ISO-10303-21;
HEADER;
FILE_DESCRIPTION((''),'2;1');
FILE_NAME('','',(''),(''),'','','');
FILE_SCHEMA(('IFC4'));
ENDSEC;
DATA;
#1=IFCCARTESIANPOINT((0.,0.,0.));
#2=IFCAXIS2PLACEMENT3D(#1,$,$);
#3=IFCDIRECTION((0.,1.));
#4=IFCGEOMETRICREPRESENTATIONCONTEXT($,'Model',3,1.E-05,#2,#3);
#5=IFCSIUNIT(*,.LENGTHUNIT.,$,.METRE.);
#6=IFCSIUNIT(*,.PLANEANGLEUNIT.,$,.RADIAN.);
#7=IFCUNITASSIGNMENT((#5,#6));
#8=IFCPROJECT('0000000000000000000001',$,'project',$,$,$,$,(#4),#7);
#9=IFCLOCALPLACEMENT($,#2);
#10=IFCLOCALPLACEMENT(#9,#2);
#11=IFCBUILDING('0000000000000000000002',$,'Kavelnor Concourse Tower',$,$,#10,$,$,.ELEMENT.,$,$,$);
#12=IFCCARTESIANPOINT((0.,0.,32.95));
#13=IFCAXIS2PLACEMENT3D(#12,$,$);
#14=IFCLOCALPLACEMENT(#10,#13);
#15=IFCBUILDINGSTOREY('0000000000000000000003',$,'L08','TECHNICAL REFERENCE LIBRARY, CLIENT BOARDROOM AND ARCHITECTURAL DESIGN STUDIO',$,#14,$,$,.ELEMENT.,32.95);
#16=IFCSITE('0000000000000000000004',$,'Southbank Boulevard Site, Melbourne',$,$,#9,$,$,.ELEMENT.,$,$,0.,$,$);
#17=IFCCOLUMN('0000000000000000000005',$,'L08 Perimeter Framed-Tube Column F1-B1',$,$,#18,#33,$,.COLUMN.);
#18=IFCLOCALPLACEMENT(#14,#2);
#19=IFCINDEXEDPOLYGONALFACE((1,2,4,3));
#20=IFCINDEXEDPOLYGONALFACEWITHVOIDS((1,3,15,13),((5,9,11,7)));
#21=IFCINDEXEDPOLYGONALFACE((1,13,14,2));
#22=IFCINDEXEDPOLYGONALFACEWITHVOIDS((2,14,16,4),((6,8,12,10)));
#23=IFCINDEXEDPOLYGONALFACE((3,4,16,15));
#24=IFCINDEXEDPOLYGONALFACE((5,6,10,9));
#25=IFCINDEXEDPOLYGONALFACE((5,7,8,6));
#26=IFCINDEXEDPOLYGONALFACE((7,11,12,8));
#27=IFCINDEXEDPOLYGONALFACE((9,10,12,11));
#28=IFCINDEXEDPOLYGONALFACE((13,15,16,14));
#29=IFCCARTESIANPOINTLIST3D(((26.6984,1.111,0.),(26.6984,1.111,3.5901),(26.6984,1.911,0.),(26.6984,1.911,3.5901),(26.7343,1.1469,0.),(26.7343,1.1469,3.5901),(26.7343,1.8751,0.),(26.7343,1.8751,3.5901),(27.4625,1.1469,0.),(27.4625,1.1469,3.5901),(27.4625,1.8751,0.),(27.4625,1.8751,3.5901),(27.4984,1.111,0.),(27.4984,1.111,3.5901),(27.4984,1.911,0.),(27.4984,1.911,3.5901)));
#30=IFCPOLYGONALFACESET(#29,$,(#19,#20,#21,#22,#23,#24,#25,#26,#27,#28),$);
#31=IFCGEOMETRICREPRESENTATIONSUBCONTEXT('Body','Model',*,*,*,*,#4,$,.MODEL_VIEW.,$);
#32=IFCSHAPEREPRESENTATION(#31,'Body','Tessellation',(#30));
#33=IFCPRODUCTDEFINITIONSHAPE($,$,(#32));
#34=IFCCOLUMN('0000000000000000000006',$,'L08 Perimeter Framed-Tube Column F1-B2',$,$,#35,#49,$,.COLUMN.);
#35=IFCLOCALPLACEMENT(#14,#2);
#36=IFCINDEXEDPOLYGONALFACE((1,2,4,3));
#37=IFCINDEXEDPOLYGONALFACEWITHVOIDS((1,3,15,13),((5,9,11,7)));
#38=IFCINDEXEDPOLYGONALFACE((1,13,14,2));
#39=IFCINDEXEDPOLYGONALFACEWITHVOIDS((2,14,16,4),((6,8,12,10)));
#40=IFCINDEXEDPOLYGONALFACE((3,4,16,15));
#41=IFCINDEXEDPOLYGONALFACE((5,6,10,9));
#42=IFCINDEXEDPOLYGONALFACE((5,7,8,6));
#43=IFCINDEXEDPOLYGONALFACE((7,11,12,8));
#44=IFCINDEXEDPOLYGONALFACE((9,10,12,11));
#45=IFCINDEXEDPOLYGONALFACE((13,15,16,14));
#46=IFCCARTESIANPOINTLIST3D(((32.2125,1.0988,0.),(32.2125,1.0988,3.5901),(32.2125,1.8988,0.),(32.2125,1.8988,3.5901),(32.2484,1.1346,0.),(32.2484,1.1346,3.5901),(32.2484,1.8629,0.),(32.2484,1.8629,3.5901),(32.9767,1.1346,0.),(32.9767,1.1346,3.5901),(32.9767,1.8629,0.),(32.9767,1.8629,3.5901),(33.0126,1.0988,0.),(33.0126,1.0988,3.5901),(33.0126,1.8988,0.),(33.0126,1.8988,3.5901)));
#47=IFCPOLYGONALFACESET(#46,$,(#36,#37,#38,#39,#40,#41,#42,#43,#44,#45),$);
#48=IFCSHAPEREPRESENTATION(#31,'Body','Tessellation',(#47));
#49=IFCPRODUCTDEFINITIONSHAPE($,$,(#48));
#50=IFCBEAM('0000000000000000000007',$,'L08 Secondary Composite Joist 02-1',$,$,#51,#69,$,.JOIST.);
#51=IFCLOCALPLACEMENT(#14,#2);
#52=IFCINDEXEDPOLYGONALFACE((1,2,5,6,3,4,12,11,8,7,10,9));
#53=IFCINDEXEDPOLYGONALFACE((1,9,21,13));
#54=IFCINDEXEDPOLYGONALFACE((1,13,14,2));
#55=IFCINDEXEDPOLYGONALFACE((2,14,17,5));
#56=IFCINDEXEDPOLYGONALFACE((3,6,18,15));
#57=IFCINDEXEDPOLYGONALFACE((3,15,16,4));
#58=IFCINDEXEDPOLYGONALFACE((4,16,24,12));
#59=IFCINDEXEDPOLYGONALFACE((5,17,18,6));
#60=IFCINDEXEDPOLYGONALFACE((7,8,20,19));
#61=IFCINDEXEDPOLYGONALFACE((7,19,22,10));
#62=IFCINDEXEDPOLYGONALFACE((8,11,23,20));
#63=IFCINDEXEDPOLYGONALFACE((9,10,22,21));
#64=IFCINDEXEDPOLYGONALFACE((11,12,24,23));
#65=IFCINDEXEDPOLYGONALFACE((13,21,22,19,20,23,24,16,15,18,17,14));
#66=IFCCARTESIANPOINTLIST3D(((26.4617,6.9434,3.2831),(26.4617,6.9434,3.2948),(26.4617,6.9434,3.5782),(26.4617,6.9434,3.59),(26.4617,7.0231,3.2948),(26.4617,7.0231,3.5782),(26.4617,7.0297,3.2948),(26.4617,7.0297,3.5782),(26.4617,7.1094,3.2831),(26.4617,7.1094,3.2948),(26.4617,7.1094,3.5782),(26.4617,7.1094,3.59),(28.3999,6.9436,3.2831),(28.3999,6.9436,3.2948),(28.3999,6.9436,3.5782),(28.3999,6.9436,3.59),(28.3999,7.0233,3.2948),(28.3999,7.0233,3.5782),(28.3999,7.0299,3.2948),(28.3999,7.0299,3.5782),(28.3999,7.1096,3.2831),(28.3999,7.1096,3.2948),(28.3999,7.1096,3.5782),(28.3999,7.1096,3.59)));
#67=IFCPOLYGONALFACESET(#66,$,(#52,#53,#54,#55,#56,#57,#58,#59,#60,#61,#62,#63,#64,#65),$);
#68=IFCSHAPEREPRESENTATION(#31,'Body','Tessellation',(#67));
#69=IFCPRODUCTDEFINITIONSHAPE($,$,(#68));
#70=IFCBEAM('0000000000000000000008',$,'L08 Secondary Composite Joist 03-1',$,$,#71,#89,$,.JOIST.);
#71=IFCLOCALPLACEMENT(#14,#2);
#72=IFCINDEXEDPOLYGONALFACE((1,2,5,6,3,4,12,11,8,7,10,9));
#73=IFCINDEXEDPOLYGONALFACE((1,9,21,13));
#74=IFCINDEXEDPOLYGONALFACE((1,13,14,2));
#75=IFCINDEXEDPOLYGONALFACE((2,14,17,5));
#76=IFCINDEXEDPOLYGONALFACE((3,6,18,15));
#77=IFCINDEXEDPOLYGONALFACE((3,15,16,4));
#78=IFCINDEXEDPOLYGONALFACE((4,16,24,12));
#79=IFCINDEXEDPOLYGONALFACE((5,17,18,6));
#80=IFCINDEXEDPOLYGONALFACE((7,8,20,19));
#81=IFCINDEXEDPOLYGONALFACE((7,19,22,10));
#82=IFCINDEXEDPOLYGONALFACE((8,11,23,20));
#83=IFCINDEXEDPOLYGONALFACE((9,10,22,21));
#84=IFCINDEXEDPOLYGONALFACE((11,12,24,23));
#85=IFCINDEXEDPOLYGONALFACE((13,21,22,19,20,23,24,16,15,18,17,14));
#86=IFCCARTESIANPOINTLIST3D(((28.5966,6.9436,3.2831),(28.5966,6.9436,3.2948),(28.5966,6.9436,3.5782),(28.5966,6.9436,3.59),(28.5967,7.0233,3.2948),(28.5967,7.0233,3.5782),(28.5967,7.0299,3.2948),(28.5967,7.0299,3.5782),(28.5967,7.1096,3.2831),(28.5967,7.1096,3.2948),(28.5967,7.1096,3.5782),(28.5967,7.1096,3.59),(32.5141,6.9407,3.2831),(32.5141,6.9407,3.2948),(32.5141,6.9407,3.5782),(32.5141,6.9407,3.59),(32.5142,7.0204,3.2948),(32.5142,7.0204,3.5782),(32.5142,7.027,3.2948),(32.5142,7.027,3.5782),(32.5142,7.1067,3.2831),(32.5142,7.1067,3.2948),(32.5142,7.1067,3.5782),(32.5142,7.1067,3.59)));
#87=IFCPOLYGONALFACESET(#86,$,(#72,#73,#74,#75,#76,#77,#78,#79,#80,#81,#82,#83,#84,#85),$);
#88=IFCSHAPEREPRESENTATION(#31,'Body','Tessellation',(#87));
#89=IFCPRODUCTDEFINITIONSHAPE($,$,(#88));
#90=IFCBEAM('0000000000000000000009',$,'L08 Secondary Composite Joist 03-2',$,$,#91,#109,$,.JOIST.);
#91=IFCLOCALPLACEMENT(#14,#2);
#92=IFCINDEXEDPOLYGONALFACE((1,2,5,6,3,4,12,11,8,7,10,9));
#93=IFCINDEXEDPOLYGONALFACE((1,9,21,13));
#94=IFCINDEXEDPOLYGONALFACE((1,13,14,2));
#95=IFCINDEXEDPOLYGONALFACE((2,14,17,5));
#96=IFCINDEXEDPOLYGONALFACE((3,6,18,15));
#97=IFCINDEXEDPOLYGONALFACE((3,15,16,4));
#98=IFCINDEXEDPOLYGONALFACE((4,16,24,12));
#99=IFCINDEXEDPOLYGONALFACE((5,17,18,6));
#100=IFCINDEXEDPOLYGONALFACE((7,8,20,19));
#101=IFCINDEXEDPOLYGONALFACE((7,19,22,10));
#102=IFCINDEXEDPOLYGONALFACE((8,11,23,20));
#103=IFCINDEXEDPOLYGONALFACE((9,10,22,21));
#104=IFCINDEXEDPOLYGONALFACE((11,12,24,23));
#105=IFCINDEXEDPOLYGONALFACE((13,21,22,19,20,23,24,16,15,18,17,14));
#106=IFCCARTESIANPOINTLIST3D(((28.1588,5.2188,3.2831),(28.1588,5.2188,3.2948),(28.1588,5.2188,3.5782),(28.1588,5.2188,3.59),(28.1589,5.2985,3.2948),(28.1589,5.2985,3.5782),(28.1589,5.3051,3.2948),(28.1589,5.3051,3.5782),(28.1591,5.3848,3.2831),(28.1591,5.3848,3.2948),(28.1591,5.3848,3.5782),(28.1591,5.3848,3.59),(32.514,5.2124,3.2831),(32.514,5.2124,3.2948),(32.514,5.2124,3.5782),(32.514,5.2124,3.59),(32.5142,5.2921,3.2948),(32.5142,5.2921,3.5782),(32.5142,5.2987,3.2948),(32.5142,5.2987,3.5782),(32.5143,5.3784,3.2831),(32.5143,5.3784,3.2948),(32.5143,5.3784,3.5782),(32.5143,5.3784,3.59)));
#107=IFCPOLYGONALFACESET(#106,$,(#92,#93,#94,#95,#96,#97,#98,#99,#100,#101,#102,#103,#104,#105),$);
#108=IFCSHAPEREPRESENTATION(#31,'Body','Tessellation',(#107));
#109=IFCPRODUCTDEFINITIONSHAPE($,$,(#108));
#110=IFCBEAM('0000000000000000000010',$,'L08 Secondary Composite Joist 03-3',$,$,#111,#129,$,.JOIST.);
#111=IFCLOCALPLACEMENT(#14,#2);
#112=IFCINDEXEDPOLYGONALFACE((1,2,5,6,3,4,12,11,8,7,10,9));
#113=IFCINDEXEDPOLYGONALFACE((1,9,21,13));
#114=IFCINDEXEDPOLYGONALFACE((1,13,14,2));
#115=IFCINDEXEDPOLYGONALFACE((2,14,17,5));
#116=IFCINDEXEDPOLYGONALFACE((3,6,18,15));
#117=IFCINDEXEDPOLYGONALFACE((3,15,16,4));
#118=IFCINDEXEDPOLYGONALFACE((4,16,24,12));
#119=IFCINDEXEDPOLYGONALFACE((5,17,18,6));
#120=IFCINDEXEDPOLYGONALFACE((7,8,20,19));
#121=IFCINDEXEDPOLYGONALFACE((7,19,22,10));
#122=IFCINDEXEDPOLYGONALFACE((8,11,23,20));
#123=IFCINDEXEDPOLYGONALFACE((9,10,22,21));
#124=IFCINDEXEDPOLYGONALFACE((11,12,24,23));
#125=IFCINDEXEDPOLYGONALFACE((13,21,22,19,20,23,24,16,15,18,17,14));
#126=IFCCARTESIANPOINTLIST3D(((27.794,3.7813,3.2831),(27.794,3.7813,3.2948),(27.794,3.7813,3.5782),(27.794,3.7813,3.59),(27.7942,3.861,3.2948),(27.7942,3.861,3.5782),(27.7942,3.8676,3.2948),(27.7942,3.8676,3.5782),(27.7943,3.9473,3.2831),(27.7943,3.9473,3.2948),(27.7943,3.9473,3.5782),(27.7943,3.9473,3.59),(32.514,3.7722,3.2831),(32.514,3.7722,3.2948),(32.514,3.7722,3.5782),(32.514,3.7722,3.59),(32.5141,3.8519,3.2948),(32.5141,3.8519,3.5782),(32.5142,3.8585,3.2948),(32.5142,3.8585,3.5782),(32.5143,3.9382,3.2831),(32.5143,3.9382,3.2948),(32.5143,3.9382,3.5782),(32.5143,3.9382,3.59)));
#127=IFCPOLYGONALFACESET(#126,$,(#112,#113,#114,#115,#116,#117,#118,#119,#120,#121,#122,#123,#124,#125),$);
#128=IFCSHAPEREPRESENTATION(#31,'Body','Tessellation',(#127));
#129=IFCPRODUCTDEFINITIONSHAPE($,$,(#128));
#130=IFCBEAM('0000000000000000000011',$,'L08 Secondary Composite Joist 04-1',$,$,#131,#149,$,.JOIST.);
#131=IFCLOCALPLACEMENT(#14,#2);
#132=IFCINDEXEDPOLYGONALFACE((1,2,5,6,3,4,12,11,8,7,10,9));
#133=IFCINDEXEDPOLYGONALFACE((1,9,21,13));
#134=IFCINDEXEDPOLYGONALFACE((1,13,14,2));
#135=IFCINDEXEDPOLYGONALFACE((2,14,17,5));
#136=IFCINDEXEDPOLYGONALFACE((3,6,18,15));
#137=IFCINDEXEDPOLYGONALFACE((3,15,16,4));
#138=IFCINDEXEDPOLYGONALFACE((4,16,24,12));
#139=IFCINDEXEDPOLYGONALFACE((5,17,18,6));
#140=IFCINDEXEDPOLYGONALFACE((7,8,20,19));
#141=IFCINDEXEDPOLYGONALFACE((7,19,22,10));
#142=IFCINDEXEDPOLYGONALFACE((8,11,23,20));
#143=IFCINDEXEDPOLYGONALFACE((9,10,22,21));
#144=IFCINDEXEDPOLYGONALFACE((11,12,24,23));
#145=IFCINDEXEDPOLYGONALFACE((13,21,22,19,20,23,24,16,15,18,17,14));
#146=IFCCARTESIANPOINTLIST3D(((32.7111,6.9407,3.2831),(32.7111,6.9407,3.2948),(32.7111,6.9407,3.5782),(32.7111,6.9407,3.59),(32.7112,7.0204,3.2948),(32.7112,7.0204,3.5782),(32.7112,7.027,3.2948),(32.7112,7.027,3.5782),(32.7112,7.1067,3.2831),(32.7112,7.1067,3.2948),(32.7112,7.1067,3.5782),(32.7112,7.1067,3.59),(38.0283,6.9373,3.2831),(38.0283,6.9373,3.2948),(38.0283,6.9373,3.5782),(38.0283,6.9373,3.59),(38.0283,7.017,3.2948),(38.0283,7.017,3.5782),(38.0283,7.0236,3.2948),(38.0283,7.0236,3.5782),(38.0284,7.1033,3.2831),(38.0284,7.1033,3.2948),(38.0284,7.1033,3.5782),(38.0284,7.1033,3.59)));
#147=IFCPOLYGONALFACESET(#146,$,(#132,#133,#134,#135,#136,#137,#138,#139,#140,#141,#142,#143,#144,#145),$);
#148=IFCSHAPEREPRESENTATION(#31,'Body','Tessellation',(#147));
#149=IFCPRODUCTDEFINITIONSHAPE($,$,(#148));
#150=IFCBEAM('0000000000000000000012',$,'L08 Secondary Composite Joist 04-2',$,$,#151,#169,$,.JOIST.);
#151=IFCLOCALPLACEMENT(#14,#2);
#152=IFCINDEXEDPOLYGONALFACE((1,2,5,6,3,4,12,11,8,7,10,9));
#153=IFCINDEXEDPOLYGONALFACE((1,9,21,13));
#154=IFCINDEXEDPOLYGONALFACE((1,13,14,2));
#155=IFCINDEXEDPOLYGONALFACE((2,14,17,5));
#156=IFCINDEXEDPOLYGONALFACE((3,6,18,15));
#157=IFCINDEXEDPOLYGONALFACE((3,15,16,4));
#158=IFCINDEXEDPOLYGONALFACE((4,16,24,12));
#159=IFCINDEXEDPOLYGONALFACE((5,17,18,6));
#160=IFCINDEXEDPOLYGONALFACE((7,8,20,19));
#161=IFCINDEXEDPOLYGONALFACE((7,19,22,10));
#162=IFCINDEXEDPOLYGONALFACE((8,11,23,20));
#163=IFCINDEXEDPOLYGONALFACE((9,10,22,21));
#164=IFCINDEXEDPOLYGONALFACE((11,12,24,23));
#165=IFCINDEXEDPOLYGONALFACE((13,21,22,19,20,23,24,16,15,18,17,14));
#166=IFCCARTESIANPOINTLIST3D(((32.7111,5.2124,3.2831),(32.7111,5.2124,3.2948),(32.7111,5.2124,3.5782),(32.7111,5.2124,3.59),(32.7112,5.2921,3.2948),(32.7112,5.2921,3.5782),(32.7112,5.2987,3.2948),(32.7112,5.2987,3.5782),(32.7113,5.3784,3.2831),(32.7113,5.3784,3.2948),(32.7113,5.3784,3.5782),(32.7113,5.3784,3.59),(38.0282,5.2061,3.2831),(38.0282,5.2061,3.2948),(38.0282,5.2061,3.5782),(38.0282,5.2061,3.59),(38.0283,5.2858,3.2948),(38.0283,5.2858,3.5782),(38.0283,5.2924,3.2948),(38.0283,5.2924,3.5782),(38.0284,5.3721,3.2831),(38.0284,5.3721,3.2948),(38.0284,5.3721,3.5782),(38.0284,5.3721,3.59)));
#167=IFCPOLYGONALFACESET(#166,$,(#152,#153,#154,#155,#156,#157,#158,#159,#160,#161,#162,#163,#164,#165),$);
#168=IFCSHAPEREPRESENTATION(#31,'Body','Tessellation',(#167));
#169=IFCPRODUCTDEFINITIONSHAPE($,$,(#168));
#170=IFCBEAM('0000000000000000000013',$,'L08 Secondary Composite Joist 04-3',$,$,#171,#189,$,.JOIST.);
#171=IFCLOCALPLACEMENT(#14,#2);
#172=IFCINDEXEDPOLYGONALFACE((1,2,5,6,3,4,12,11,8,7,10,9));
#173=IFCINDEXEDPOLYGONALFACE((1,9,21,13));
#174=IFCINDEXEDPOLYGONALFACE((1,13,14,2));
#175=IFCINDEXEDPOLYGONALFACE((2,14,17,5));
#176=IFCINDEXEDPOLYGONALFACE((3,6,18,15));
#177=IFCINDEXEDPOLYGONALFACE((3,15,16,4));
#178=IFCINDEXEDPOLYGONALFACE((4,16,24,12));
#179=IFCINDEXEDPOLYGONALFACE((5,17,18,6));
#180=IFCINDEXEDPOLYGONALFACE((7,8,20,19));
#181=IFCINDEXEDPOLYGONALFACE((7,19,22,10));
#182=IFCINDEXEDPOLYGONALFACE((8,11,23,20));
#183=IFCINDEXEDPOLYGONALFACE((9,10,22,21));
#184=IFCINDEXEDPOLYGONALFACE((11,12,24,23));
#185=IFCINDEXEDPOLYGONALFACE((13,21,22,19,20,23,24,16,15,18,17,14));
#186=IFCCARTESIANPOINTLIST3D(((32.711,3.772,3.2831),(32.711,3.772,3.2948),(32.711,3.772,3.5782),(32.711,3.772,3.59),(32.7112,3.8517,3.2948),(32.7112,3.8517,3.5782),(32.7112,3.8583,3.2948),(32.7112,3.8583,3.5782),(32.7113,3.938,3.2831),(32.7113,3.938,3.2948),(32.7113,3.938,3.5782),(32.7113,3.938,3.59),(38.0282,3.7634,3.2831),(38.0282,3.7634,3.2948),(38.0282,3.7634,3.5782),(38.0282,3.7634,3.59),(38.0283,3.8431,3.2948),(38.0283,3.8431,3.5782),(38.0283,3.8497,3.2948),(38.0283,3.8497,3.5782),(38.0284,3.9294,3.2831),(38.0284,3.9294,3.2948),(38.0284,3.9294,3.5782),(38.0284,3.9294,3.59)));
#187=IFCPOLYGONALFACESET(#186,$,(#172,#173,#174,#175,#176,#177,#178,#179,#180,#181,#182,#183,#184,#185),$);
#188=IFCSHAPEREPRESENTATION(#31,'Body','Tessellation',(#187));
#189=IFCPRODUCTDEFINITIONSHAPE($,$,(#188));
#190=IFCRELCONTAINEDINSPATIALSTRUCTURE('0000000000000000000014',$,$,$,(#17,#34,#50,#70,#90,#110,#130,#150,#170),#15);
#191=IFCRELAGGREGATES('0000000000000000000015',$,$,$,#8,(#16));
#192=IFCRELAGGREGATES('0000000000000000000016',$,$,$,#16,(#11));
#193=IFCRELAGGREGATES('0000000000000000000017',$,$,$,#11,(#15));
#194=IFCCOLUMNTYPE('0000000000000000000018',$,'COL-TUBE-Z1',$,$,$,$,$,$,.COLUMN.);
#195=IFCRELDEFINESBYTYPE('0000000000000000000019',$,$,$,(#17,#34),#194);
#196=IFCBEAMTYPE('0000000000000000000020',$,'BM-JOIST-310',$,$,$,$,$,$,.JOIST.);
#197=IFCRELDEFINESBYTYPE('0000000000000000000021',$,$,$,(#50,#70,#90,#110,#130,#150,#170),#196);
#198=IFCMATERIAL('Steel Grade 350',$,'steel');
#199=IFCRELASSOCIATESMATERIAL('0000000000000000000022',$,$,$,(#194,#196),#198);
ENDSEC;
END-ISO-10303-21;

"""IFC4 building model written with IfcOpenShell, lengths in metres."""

from ifc_helpers import new_model, si_unit, direction, frame, origin, origin_2d, place, context, subcontext, project, spatial, hollow_rectangle, i_section, extrude, material, material_profile, profile_set, type_object, element, save


model = new_model("IFC4")

# Units and contexts
model_context = context("Model", 3, precision=1e-05, world=origin(), true_north=direction((0.0, 1.0)))
body_context = subcontext(model_context, "Body", "Model", "MODEL_VIEW")
ifc_project = project(units=[si_unit("LENGTHUNIT", "METRE"), si_unit("PLANEANGLEUNIT", "RADIAN")], contexts=[model_context])

# Site, building, storey
site_placement = place(None, origin())
site = spatial("IfcSite", under=ifc_project, at=site_placement, Name="Southbank Boulevard Site, Melbourne", CompositionType="ELEMENT", RefElevation=0.0)
building_placement = place(site_placement, origin())
building = spatial("IfcBuilding", under=site, at=building_placement, Name="Kavelnor Concourse Tower", CompositionType="ELEMENT")
storey_placement = place(building_placement, frame((0.0, 0.0, 32.95)))
storey = spatial("IfcBuildingStorey", under=building, at=storey_placement, Name="L08", Description="TECHNICAL REFERENCE LIBRARY, CLIENT BOARDROOM AND ARCHITECTURAL DESIGN STUDIO", CompositionType="ELEMENT", Elevation=32.95)

# Columns
ifc_material_1 = material(Name="Steel Grade 350", Category="steel")
ifc_material_profile_1 = material_profile(ifc_material_1, hollow_rectangle(XDim=0.8, YDim=0.8, WallThickness=0.0359, at=origin_2d()), Name="SHS 800x800x36")
ifc_profile_set_1 = profile_set([ifc_material_profile_1], Name="Steel Grade 350")
column_type = type_object("IfcColumnType", Name="COL-TUBE-Z1", PredefinedType="COLUMN", material=ifc_profile_set_1)
for number, where, z_axis, x_axis, name in (
    (1, (27.0984, 1.511, 0.0), (0.0, 0.0, 1.0), (1.0, 0.0, 0.0), "L08 Perimeter Framed-Tube Column F1-B1"),
    (2, (32.6125, 1.4988, 0.0), (0.0, 0.0, 1.0), (1.0, 0.0, 0.0), "L08 Perimeter Framed-Tube Column F1-B2"),
):
    element("IfcColumn", number, at=place(storey_placement, frame(where, z_axis=z_axis, x_axis=x_axis)), inside=storey, type_object=column_type, Name=name, PredefinedType="COLUMN", context=body_context, shape_type="SweptSolid", body=[
        extrude(hollow_rectangle(XDim=0.8, YDim=0.8, WallThickness=0.0359, at=origin_2d()), origin(), (0.0, 0.0, 1.0), 3.5901),
    ])

# Beams
ifc_material_profile_2 = material_profile(ifc_material_1, i_section(OverallWidth=0.166, OverallDepth=0.3069, WebThickness=0.0066, FlangeThickness=0.0117, at=origin_2d()), Name="310UB46")
ifc_profile_set_2 = profile_set([ifc_material_profile_2], Name="Steel Grade 350")
beam_type_1 = type_object("IfcBeamType", Name="BM-JOIST-310", PredefinedType="JOIST", material=ifc_profile_set_2)
beam_1_placement = place(storey_placement, frame((26.4617, 7.0264, 3.4365), z_axis=(1.0, 0.000126, 0.0), x_axis=(-0.000126, 1.0, 0.0)))
element("IfcBeam", 3, at=beam_1_placement, inside=storey, type_object=beam_type_1, Name="L08 Secondary Composite Joist 02-1", PredefinedType="JOIST", context=body_context, shape_type="SweptSolid", body=[
    extrude(i_section(OverallWidth=0.166, OverallDepth=0.3069, WebThickness=0.0066, FlangeThickness=0.0117, at=origin_2d()), origin(), (0.0, 0.0, 1.0), 1.9382),
])
beam_2_placement = place(storey_placement, frame((28.5967, 7.0266, 3.4365), z_axis=(1.0, -0.000748, 0.0), x_axis=(0.000748, 1.0, 0.0)))
element("IfcBeam", 4, at=beam_2_placement, inside=storey, type_object=beam_type_1, Name="L08 Secondary Composite Joist 03-1", PredefinedType="JOIST", context=body_context, shape_type="SweptSolid", body=[
    extrude(i_section(OverallWidth=0.166, OverallDepth=0.3069, WebThickness=0.0066, FlangeThickness=0.0117, at=origin_2d()), origin(), (0.0, 0.0, 1.0), 3.9175),
])
beam_3_placement = place(storey_placement, frame((28.1589, 5.3018, 3.4365), z_axis=(0.999999, -0.001457, 0.0), x_axis=(0.001457, 0.999999, 0.0)))
element("IfcBeam", 5, at=beam_3_placement, inside=storey, type_object=beam_type_1, Name="L08 Secondary Composite Joist 03-2", PredefinedType="JOIST", context=body_context, shape_type="SweptSolid", body=[
    extrude(i_section(OverallWidth=0.166, OverallDepth=0.3069, WebThickness=0.0066, FlangeThickness=0.0117, at=origin_2d()), origin(), (0.0, 0.0, 1.0), 4.3552),
])
beam_4_placement = place(storey_placement, frame((27.7942, 3.8643, 3.4365), z_axis=(0.999998, -0.001914, 0.0), x_axis=(0.001914, 0.999998, 0.0)))
element("IfcBeam", 6, at=beam_4_placement, inside=storey, type_object=beam_type_1, Name="L08 Secondary Composite Joist 03-3", PredefinedType="JOIST", context=body_context, shape_type="SweptSolid", body=[
    extrude(i_section(OverallWidth=0.166, OverallDepth=0.3069, WebThickness=0.0066, FlangeThickness=0.0117, at=origin_2d()), origin(), (0.0, 0.0, 1.0), 4.72),
])
for number, where, z_axis, x_axis, name in (
    (7, (32.7112, 7.0237, 3.4365), (1.0, -0.000643, 0.0), (0.000643, 1.0, 0.0), "L08 Secondary Composite Joist 04-1"),
    (8, (32.7112, 5.2954, 3.4365), (0.999999, -0.001194, 0.0), (0.001194, 0.999999, 0.0), "L08 Secondary Composite Joist 04-2"),
    (9, (32.7112, 3.855, 3.4365), (0.999999, -0.001607, 0.0), (0.001607, 0.999999, 0.0), "L08 Secondary Composite Joist 04-3"),
):
    element("IfcBeam", number, at=place(storey_placement, frame(where, z_axis=z_axis, x_axis=x_axis)), inside=storey, type_object=beam_type_1, Name=name, PredefinedType="JOIST", context=body_context, shape_type="SweptSolid", body=[
        extrude(i_section(OverallWidth=0.166, OverallDepth=0.3069, WebThickness=0.0066, FlangeThickness=0.0117, at=origin_2d()), origin(), (0.0, 0.0, 1.0), 5.3171),
    ])

save(model, "model.ifc")
